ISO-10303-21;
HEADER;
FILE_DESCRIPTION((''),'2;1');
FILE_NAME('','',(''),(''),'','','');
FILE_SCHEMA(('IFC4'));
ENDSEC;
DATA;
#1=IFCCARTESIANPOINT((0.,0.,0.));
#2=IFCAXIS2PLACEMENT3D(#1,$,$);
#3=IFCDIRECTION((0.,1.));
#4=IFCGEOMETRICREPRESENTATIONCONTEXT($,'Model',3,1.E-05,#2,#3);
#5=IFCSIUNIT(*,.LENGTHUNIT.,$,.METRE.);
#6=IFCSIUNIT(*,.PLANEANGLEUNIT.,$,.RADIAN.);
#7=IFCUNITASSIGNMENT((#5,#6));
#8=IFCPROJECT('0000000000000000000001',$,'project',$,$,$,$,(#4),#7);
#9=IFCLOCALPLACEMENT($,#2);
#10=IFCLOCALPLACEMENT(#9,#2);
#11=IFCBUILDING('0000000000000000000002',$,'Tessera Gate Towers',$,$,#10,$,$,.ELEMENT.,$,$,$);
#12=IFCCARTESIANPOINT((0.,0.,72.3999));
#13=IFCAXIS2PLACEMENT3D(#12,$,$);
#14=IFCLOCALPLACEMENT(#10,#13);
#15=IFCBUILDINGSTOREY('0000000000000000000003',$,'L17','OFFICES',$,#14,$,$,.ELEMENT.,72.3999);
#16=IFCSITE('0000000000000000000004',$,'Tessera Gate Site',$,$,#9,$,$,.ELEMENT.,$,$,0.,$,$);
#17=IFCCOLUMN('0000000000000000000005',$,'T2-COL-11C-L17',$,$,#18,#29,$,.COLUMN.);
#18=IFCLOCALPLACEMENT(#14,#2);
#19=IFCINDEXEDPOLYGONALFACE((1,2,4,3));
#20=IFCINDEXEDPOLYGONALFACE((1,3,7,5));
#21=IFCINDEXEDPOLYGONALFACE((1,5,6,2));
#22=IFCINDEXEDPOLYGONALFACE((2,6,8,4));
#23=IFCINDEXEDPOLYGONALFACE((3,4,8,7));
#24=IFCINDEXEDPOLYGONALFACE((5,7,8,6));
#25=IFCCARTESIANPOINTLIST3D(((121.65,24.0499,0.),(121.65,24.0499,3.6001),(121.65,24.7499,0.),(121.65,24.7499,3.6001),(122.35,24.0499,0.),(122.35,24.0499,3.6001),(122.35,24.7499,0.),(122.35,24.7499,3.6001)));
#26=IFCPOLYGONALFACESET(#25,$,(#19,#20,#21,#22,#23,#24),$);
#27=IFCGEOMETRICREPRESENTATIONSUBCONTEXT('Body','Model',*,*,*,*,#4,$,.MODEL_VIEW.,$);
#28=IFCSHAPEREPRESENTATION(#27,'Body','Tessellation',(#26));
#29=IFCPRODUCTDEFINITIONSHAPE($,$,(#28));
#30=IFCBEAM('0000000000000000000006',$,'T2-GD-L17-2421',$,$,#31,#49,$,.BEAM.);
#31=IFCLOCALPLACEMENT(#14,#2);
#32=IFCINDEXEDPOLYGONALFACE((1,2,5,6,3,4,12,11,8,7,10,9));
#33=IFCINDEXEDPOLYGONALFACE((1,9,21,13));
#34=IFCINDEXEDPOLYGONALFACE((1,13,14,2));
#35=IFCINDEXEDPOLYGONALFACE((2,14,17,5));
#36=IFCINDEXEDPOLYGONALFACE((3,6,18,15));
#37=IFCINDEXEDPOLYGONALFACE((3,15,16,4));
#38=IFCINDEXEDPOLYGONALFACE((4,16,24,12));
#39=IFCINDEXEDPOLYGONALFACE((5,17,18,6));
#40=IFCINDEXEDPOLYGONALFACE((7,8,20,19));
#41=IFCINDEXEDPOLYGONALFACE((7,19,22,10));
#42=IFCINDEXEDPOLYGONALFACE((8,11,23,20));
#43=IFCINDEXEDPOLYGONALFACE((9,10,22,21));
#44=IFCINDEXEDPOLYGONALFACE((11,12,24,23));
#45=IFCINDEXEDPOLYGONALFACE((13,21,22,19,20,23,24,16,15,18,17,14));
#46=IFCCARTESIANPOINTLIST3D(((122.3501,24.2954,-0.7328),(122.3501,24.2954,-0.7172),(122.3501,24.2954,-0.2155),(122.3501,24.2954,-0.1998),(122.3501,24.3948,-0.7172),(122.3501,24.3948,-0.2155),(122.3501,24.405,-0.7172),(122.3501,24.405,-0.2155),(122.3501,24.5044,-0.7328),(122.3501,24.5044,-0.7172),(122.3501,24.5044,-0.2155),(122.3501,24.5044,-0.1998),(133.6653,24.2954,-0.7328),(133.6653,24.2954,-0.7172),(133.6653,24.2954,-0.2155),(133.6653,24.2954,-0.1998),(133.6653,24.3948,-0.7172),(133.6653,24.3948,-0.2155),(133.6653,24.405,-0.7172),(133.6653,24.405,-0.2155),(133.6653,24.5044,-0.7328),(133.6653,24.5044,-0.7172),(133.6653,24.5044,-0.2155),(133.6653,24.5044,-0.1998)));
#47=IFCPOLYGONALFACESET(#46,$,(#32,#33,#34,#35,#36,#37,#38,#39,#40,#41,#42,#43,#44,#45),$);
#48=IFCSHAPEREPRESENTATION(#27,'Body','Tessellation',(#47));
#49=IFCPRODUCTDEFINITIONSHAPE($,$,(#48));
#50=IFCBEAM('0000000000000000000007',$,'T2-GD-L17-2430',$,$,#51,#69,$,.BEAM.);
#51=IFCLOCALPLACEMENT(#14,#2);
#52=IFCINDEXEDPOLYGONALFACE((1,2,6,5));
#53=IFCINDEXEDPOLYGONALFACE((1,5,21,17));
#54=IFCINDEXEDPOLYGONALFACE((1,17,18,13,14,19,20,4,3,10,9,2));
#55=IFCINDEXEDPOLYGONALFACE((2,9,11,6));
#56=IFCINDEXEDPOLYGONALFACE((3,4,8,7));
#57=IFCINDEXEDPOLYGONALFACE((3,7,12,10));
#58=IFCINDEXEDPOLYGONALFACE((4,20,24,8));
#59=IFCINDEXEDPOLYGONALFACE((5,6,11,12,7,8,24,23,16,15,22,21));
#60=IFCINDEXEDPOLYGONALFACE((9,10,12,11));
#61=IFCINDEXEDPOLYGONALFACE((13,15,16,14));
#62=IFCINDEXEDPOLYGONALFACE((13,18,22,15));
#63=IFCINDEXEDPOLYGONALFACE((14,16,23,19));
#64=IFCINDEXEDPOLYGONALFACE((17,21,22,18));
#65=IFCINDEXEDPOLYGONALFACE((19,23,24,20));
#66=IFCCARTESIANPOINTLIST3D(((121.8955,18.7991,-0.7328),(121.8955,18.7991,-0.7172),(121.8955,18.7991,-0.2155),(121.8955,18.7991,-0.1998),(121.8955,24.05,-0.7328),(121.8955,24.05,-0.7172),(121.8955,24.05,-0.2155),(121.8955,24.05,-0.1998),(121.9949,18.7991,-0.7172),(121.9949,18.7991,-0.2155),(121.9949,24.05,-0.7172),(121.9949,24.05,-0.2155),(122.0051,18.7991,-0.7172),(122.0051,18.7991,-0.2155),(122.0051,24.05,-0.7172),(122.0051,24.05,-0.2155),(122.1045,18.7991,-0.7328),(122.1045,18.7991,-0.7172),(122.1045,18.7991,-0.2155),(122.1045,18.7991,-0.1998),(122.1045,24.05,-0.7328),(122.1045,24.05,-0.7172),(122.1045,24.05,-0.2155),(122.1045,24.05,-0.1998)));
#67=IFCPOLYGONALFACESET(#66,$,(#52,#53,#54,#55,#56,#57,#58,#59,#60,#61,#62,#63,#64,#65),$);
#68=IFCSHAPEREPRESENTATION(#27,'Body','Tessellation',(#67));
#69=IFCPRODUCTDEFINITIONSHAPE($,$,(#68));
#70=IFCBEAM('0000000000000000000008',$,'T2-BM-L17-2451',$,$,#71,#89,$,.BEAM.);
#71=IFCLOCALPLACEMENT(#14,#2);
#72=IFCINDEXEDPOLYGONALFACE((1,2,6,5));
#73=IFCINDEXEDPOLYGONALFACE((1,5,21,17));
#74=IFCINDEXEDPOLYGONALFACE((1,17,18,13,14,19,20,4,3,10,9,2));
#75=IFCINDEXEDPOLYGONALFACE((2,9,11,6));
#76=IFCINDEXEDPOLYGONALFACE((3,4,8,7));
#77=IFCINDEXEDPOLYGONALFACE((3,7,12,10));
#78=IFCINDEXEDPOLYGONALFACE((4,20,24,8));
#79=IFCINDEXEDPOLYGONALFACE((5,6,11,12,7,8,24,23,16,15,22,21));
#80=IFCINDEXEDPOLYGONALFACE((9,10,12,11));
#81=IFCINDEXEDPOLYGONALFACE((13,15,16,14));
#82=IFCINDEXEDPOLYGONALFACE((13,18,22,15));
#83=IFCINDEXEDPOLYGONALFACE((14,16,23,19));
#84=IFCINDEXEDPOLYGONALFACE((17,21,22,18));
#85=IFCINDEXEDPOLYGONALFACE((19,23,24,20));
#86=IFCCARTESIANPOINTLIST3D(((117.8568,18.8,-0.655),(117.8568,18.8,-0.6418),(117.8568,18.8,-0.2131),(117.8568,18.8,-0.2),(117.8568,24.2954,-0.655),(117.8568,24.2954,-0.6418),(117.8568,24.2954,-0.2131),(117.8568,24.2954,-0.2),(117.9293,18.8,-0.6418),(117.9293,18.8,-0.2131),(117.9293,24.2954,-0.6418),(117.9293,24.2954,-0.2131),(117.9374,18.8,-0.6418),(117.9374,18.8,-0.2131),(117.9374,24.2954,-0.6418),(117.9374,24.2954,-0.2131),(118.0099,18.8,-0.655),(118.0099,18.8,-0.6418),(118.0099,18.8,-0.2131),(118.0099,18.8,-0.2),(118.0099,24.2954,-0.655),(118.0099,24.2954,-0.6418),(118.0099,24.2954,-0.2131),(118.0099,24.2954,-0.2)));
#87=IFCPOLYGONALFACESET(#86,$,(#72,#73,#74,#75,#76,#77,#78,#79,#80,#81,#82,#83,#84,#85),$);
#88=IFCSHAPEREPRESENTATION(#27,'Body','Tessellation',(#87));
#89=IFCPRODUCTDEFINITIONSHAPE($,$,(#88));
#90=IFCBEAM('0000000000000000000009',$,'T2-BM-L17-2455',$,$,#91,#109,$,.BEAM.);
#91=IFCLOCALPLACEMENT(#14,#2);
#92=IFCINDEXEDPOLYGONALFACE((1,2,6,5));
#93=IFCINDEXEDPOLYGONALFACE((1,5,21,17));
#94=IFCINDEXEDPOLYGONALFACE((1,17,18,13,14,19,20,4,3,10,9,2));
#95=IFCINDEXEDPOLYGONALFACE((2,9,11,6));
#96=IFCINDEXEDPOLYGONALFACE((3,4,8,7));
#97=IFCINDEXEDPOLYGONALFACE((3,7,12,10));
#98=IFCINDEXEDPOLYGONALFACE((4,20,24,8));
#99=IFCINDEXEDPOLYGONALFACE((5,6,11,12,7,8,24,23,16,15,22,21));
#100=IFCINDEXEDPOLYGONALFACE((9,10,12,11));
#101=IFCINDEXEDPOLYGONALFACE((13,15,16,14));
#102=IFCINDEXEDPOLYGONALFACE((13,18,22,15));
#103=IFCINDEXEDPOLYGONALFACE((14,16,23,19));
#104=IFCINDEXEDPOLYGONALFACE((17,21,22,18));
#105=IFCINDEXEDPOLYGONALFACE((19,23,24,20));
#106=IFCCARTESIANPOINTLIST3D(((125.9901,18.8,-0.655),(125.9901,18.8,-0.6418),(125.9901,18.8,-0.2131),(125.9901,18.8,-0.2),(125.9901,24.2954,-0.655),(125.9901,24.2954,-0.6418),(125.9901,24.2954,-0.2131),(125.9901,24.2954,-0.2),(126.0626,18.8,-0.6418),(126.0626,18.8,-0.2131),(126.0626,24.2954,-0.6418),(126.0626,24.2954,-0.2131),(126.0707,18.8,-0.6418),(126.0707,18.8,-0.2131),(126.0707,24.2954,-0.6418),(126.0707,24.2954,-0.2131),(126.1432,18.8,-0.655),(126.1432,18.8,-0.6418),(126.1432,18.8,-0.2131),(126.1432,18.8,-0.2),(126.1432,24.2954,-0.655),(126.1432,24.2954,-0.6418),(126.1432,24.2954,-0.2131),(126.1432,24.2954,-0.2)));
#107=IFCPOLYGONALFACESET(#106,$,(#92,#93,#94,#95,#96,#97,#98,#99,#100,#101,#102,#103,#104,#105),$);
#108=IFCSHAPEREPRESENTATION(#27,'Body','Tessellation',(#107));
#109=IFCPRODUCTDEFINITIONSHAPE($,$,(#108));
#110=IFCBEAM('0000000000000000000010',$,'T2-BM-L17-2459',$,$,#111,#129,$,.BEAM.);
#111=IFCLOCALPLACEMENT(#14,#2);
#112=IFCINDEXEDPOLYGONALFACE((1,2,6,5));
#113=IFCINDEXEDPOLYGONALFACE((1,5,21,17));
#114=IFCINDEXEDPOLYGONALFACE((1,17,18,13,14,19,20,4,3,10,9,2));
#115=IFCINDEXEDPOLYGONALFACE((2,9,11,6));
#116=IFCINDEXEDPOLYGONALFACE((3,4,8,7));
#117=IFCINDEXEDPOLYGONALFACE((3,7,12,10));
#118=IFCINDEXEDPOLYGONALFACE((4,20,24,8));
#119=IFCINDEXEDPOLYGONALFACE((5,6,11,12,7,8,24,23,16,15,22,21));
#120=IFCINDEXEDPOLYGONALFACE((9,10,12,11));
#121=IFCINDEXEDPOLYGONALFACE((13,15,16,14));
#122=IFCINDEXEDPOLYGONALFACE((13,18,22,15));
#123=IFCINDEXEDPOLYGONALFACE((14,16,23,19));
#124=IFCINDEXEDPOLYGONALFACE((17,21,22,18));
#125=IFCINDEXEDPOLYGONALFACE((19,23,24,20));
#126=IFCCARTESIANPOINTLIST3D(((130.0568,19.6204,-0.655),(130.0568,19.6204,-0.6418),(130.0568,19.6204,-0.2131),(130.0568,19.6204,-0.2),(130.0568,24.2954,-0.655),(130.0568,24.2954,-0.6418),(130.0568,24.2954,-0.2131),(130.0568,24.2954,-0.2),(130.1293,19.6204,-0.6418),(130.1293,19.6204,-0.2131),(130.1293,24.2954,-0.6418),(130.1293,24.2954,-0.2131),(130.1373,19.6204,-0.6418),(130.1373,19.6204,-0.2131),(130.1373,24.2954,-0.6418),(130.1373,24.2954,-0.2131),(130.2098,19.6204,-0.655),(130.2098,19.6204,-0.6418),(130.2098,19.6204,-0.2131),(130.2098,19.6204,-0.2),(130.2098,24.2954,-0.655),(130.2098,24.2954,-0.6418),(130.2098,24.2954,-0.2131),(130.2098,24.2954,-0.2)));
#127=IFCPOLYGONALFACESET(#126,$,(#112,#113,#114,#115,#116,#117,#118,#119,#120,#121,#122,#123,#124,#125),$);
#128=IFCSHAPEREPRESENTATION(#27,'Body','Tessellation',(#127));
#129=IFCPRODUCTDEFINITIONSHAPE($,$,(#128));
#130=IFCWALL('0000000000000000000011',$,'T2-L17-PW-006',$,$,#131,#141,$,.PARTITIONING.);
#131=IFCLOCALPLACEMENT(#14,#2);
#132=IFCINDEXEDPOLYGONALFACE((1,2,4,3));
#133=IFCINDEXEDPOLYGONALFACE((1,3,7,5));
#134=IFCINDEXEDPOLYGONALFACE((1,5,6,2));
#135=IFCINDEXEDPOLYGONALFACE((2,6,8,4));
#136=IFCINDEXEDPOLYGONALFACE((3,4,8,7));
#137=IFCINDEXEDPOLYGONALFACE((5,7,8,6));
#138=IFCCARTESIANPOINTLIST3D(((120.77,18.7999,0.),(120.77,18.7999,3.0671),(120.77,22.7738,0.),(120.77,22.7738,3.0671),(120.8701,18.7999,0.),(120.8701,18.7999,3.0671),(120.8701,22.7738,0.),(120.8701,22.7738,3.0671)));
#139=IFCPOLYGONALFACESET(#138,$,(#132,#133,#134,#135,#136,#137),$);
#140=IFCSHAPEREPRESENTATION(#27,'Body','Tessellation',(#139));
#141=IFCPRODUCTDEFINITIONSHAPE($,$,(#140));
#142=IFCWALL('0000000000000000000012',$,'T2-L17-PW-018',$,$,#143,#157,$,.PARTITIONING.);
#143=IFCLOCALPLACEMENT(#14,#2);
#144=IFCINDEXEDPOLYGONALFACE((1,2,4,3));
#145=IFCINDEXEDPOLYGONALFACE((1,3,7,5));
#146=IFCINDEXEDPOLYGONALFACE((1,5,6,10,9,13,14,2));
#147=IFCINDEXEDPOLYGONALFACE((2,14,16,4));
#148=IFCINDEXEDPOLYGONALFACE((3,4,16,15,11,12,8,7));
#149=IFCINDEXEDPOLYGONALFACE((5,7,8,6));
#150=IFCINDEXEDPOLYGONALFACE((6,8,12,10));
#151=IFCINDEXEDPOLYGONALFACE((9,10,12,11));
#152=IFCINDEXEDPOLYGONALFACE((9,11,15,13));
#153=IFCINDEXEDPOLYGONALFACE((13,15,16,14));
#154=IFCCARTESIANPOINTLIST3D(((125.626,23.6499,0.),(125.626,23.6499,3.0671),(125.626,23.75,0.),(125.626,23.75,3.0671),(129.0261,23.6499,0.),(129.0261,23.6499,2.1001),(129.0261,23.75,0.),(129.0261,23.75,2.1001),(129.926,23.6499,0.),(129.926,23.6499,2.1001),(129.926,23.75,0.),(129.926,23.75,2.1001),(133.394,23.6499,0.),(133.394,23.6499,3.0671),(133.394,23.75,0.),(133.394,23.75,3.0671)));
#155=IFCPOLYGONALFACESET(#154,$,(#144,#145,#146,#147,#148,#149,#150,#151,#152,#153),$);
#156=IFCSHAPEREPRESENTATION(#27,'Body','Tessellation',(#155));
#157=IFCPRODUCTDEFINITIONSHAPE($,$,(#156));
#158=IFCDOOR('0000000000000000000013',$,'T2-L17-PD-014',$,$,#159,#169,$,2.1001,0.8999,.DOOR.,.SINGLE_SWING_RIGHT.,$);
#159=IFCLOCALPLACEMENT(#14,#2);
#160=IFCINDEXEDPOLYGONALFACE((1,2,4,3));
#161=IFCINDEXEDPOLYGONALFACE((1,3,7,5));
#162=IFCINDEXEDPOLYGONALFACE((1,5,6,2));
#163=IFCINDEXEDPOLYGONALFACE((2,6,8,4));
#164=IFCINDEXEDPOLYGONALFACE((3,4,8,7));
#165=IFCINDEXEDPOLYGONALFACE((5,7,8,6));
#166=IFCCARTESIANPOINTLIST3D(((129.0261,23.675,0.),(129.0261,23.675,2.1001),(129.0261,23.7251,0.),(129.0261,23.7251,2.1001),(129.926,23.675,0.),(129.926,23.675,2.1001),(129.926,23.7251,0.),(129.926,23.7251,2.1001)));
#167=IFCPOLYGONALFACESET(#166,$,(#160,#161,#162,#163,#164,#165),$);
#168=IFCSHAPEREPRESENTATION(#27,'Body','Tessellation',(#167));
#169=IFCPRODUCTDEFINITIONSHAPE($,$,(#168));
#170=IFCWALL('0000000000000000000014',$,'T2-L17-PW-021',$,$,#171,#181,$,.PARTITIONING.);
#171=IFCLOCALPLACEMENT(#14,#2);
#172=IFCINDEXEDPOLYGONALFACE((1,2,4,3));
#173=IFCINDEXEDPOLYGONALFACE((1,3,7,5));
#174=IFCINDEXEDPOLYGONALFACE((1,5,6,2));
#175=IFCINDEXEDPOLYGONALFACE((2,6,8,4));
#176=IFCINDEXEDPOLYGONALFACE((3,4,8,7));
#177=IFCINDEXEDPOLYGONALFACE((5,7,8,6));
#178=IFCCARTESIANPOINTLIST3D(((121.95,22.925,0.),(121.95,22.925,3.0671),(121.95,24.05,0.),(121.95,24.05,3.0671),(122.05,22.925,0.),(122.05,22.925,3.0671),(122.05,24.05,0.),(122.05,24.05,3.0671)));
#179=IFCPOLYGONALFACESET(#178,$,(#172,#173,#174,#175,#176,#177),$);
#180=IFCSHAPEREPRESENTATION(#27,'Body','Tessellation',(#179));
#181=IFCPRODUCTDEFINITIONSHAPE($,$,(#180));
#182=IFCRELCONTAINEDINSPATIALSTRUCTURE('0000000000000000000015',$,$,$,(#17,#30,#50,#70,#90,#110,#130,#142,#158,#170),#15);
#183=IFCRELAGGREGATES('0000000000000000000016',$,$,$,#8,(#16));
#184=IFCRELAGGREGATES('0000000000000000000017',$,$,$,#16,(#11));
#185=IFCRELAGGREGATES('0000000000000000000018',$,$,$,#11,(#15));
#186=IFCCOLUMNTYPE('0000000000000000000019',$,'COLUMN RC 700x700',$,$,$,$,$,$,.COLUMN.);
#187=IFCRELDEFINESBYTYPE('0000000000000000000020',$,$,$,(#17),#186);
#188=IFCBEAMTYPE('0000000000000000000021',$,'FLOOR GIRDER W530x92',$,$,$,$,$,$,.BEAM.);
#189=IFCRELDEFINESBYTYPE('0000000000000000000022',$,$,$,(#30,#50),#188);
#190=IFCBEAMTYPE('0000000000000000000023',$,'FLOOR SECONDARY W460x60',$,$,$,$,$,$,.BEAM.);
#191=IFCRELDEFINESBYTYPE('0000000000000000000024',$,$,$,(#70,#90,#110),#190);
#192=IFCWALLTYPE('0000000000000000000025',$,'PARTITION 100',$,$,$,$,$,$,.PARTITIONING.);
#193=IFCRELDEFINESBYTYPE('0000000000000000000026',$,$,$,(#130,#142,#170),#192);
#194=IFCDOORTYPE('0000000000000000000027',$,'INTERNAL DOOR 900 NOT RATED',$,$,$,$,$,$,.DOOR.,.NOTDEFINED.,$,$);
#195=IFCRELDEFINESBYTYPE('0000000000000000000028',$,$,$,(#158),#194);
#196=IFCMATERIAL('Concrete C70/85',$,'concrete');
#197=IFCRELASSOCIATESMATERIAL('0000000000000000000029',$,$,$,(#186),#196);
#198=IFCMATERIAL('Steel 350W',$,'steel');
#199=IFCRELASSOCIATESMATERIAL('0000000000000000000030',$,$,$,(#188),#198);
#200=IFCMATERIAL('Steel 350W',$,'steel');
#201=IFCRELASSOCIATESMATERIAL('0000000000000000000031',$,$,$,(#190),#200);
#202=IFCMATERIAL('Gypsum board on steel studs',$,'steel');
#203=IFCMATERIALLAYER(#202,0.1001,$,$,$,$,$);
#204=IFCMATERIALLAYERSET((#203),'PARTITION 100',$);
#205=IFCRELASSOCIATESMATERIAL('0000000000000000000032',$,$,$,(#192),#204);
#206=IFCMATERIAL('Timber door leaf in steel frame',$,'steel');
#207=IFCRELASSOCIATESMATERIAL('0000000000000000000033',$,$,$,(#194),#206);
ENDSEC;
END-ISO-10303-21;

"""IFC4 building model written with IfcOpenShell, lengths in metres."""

from ifc_helpers import new_model, si_unit, direction, frame, frame_2d, origin, origin_2d, place, context, subcontext, project, spatial, rectangle, i_section, extrude, source, transform, mapped, material, layer, layer_set, material_profile, profile_set, type_object, element, fill, save


model = new_model("IFC4")

# Units and contexts
model_context = context("Model", 3, precision=1e-05, world=origin(), true_north=direction((0.0, 1.0)))
body_context = subcontext(model_context, "Body", "Model", "MODEL_VIEW")
ifc_project = project(units=[si_unit("LENGTHUNIT", "METRE"), si_unit("PLANEANGLEUNIT", "RADIAN")], contexts=[model_context])

# Site, building, storey
site_placement = place(None, origin())
site = spatial("IfcSite", under=ifc_project, at=site_placement, Name="Tessera Gate Site", CompositionType="ELEMENT", RefElevation=0.0)
building_placement = place(site_placement, origin())
building = spatial("IfcBuilding", under=site, at=building_placement, Name="Tessera Gate Towers", CompositionType="ELEMENT")
storey_placement = place(building_placement, frame((0.0, 0.0, 72.3999)))
storey = spatial("IfcBuildingStorey", under=building, at=storey_placement, Name="L17", Description="OFFICES", CompositionType="ELEMENT", Elevation=72.3999)

# Column
ifc_material_1 = material(Name="Concrete C70/85", Category="concrete")
ifc_material_profile_1 = material_profile(ifc_material_1, rectangle(XDim=0.7, YDim=0.7, at=origin_2d()), Name="RC 700x700")
ifc_profile_set_1 = profile_set([ifc_material_profile_1], Name="Concrete C70/85")
column_type = type_object("IfcColumnType", Name="COLUMN RC 700x700", PredefinedType="COLUMN", material=ifc_profile_set_1)
column_placement = place(storey_placement, frame((122.0, 24.3999, 0.0), z_axis=(0.0, 0.0, 1.0), x_axis=(1.0, 0.0, 0.0)))
element("IfcColumn", 1, at=column_placement, inside=storey, type_object=column_type, Name="T2-COL-11C-L17", PredefinedType="COLUMN", context=body_context, shape_type="SweptSolid", body=[
    extrude(rectangle(XDim=0.7, YDim=0.7, at=origin_2d()), origin(), (0.0, 0.0, 1.0), 3.6001),
])

# Beams
ifc_material_2 = material(Name="Steel 350W", Category="steel")
ifc_material_profile_2 = material_profile(ifc_material_2, i_section(OverallWidth=0.209, OverallDepth=0.533, WebThickness=0.0103, FlangeThickness=0.0156, at=origin_2d()), Name="W530x92")
ifc_profile_set_2 = profile_set([ifc_material_profile_2], Name="Steel 350W")
beam_type_1 = type_object("IfcBeamType", Name="FLOOR GIRDER W530x92", PredefinedType="BEAM", material=ifc_profile_set_2)
beam_1_placement = place(storey_placement, frame((122.3501, 24.3999, -0.4663), z_axis=(1.0, 0.0, 0.0), x_axis=(0.0, 1.0, 0.0)))
element("IfcBeam", 2, at=beam_1_placement, inside=storey, type_object=beam_type_1, Name="T2-GD-L17-2421", PredefinedType="BEAM", context=body_context, shape_type="SweptSolid", body=[
    extrude(i_section(OverallWidth=0.209, OverallDepth=0.533, WebThickness=0.0103, FlangeThickness=0.0156, at=origin_2d()), origin(), (0.0, 0.0, 1.0), 11.3152),
])
beam_2_placement = place(storey_placement, frame((122.0, 18.7991, -0.4663), z_axis=(0.0, 1.0, 0.0), x_axis=(-1.0, 0.0, 0.0)))
element("IfcBeam", 3, at=beam_2_placement, inside=storey, type_object=beam_type_1, Name="T2-GD-L17-2430", PredefinedType="BEAM", context=body_context, shape_type="SweptSolid", body=[
    extrude(i_section(OverallWidth=0.209, OverallDepth=0.533, WebThickness=0.0103, FlangeThickness=0.0156, at=origin_2d()), origin(), (0.0, 0.0, 1.0), 5.251),
])
ifc_material_3 = material(Name="Steel 350W", Category="steel")
ifc_material_profile_3 = material_profile(ifc_material_3, i_section(OverallWidth=0.1531, OverallDepth=0.4551, WebThickness=0.0081, FlangeThickness=0.0132, at=origin_2d()), Name="W460x60")
ifc_profile_set_3 = profile_set([ifc_material_profile_3], Name="Steel 350W")
beam_type_2 = type_object("IfcBeamType", Name="FLOOR SECONDARY W460x60", PredefinedType="BEAM", material=ifc_profile_set_3)
for number, where, z_axis, x_axis, name in (
    (4, (117.9333, 18.8, -0.4275), (0.0, 1.0, 0.0), (-1.0, 0.0, 0.0), "T2-BM-L17-2451"),
    (5, (126.0667, 18.8, -0.4275), (0.0, 1.0, 0.0), (-1.0, 0.0, 0.0), "T2-BM-L17-2455"),
):
    element("IfcBeam", number, at=place(storey_placement, frame(where, z_axis=z_axis, x_axis=x_axis)), inside=storey, type_object=beam_type_2, Name=name, PredefinedType="BEAM", context=body_context, shape_type="SweptSolid", body=[
        extrude(i_section(OverallWidth=0.1531, OverallDepth=0.4551, WebThickness=0.0081, FlangeThickness=0.0132, at=origin_2d()), origin(), (0.0, 0.0, 1.0), 5.4954),
    ])
beam_3_placement = place(storey_placement, frame((130.1333, 19.6204, -0.4275), z_axis=(0.0, 1.0, 0.0), x_axis=(-1.0, 0.0, 0.0)))
element("IfcBeam", 6, at=beam_3_placement, inside=storey, type_object=beam_type_2, Name="T2-BM-L17-2459", PredefinedType="BEAM", context=body_context, shape_type="SweptSolid", body=[
    extrude(i_section(OverallWidth=0.1531, OverallDepth=0.4551, WebThickness=0.0081, FlangeThickness=0.0132, at=origin_2d()), origin(), (0.0, 0.0, 1.0), 4.675),
])

# Wall
ifc_material_4 = material(Name="Gypsum board on steel studs", Category="steel")
ifc_layer_1 = layer(ifc_material_4, 0.1001)
ifc_layer_set_1 = layer_set([ifc_layer_1], Name="PARTITION 100")
wall_type_1 = type_object("IfcWallType", Name="PARTITION 100", PredefinedType="PARTITIONING", material=ifc_layer_set_1)
wall_1_placement = place(storey_placement, frame((120.8201, 18.8, 0.0), z_axis=(0.0, 0.0, 1.0), x_axis=(0.0, 1.0, 0.0)))
element("IfcWall", 7, at=wall_1_placement, inside=storey, type_object=wall_type_1, Name="T2-L17-PW-006", PredefinedType="PARTITIONING", context=body_context, shape_type="SweptSolid", body=[
    extrude(rectangle(XDim=3.9739, YDim=0.1001, at=frame_2d((1.9868, 0.0))), origin(), (0.0, 0.0, 1.0), 3.0671),
])

# Wall, opening, door
wall_2_placement = place(storey_placement, frame((133.394, 23.7, 0.0), z_axis=(0.0, 0.0, 1.0), x_axis=(-1.0, 0.0, 0.0)))
wall_2 = element("IfcWall", 8, at=wall_2_placement, inside=storey, type_object=wall_type_1, Name="T2-L17-PW-018", PredefinedType="PARTITIONING", context=body_context, shape_type="SweptSolid", body=[
    extrude(rectangle(XDim=7.7681, YDim=0.1001, at=frame_2d((3.884, 0.0))), origin(), (0.0, 0.0, 1.0), 3.0671),
])
shared_shape_1 = source(origin(), body_context, "Body", "SweptSolid", [
    extrude(rectangle(XDim=0.8999, YDim=2.1001, at=frame_2d((0.45, 1.05))), frame((0.0, 0.0601, 0.0), z_axis=(0.0, -1.0, 0.0), x_axis=(1.0, 0.0, 0.0)), (0.0, 0.0, 1.0), 0.1201),
])
opening_1_placement = place(wall_2_placement, frame((3.468, 0.0, 0.0)))
opening_1 = element("IfcOpeningElement", 9, at=opening_1_placement, cuts=wall_2, PredefinedType="OPENING", context=body_context, shape_type="MappedRepresentation", body=[
    mapped(shared_shape_1, transform((0.0, 0.0, 0.0), scale=1.0)),
])
ifc_material_5 = material(Name="Timber door leaf in steel frame", Category="steel")
door_type = type_object("IfcDoorType", Name="INTERNAL DOOR 900 NOT RATED", OperationType="NOTDEFINED", PredefinedType="DOOR", material=ifc_material_5)
shared_shape_2 = source(origin(), body_context, "Body", "SweptSolid", [
    extrude(rectangle(XDim=0.8999, YDim=2.1001, at=frame_2d((0.45, 1.05))), frame((0.0, 0.0249, 0.0), z_axis=(0.0, -1.0, 0.0), x_axis=(1.0, 0.0, 0.0)), (0.0, 0.0, 1.0), 0.05),
])
door_1_placement = place(opening_1_placement, origin())
door_1 = element("IfcDoor", 10, at=door_1_placement, inside=storey, type_object=door_type, Name="T2-L17-PD-014", OperationType="SINGLE_SWING_RIGHT", OverallHeight=2.1001, OverallWidth=0.8999, PredefinedType="DOOR", context=body_context, shape_type="MappedRepresentation", body=[
    mapped(shared_shape_2, transform((0.0, 0.0, 0.0), scale=1.0)),
])
fill(opening_1, door_1)

# Wall
wall_3_placement = place(storey_placement, frame((122.0, 24.05, 0.0), z_axis=(0.0, 0.0, 1.0), x_axis=(0.0, -1.0, 0.0)))
element("IfcWall", 11, at=wall_3_placement, inside=storey, type_object=wall_type_1, Name="T2-L17-PW-021", PredefinedType="PARTITIONING", context=body_context, shape_type="SweptSolid", body=[
    extrude(rectangle(XDim=1.125, YDim=0.1001, at=frame_2d((0.5625, 0.0))), origin(), (0.0, 0.0, 1.0), 3.0671),
])

save(model, "model.ifc")
